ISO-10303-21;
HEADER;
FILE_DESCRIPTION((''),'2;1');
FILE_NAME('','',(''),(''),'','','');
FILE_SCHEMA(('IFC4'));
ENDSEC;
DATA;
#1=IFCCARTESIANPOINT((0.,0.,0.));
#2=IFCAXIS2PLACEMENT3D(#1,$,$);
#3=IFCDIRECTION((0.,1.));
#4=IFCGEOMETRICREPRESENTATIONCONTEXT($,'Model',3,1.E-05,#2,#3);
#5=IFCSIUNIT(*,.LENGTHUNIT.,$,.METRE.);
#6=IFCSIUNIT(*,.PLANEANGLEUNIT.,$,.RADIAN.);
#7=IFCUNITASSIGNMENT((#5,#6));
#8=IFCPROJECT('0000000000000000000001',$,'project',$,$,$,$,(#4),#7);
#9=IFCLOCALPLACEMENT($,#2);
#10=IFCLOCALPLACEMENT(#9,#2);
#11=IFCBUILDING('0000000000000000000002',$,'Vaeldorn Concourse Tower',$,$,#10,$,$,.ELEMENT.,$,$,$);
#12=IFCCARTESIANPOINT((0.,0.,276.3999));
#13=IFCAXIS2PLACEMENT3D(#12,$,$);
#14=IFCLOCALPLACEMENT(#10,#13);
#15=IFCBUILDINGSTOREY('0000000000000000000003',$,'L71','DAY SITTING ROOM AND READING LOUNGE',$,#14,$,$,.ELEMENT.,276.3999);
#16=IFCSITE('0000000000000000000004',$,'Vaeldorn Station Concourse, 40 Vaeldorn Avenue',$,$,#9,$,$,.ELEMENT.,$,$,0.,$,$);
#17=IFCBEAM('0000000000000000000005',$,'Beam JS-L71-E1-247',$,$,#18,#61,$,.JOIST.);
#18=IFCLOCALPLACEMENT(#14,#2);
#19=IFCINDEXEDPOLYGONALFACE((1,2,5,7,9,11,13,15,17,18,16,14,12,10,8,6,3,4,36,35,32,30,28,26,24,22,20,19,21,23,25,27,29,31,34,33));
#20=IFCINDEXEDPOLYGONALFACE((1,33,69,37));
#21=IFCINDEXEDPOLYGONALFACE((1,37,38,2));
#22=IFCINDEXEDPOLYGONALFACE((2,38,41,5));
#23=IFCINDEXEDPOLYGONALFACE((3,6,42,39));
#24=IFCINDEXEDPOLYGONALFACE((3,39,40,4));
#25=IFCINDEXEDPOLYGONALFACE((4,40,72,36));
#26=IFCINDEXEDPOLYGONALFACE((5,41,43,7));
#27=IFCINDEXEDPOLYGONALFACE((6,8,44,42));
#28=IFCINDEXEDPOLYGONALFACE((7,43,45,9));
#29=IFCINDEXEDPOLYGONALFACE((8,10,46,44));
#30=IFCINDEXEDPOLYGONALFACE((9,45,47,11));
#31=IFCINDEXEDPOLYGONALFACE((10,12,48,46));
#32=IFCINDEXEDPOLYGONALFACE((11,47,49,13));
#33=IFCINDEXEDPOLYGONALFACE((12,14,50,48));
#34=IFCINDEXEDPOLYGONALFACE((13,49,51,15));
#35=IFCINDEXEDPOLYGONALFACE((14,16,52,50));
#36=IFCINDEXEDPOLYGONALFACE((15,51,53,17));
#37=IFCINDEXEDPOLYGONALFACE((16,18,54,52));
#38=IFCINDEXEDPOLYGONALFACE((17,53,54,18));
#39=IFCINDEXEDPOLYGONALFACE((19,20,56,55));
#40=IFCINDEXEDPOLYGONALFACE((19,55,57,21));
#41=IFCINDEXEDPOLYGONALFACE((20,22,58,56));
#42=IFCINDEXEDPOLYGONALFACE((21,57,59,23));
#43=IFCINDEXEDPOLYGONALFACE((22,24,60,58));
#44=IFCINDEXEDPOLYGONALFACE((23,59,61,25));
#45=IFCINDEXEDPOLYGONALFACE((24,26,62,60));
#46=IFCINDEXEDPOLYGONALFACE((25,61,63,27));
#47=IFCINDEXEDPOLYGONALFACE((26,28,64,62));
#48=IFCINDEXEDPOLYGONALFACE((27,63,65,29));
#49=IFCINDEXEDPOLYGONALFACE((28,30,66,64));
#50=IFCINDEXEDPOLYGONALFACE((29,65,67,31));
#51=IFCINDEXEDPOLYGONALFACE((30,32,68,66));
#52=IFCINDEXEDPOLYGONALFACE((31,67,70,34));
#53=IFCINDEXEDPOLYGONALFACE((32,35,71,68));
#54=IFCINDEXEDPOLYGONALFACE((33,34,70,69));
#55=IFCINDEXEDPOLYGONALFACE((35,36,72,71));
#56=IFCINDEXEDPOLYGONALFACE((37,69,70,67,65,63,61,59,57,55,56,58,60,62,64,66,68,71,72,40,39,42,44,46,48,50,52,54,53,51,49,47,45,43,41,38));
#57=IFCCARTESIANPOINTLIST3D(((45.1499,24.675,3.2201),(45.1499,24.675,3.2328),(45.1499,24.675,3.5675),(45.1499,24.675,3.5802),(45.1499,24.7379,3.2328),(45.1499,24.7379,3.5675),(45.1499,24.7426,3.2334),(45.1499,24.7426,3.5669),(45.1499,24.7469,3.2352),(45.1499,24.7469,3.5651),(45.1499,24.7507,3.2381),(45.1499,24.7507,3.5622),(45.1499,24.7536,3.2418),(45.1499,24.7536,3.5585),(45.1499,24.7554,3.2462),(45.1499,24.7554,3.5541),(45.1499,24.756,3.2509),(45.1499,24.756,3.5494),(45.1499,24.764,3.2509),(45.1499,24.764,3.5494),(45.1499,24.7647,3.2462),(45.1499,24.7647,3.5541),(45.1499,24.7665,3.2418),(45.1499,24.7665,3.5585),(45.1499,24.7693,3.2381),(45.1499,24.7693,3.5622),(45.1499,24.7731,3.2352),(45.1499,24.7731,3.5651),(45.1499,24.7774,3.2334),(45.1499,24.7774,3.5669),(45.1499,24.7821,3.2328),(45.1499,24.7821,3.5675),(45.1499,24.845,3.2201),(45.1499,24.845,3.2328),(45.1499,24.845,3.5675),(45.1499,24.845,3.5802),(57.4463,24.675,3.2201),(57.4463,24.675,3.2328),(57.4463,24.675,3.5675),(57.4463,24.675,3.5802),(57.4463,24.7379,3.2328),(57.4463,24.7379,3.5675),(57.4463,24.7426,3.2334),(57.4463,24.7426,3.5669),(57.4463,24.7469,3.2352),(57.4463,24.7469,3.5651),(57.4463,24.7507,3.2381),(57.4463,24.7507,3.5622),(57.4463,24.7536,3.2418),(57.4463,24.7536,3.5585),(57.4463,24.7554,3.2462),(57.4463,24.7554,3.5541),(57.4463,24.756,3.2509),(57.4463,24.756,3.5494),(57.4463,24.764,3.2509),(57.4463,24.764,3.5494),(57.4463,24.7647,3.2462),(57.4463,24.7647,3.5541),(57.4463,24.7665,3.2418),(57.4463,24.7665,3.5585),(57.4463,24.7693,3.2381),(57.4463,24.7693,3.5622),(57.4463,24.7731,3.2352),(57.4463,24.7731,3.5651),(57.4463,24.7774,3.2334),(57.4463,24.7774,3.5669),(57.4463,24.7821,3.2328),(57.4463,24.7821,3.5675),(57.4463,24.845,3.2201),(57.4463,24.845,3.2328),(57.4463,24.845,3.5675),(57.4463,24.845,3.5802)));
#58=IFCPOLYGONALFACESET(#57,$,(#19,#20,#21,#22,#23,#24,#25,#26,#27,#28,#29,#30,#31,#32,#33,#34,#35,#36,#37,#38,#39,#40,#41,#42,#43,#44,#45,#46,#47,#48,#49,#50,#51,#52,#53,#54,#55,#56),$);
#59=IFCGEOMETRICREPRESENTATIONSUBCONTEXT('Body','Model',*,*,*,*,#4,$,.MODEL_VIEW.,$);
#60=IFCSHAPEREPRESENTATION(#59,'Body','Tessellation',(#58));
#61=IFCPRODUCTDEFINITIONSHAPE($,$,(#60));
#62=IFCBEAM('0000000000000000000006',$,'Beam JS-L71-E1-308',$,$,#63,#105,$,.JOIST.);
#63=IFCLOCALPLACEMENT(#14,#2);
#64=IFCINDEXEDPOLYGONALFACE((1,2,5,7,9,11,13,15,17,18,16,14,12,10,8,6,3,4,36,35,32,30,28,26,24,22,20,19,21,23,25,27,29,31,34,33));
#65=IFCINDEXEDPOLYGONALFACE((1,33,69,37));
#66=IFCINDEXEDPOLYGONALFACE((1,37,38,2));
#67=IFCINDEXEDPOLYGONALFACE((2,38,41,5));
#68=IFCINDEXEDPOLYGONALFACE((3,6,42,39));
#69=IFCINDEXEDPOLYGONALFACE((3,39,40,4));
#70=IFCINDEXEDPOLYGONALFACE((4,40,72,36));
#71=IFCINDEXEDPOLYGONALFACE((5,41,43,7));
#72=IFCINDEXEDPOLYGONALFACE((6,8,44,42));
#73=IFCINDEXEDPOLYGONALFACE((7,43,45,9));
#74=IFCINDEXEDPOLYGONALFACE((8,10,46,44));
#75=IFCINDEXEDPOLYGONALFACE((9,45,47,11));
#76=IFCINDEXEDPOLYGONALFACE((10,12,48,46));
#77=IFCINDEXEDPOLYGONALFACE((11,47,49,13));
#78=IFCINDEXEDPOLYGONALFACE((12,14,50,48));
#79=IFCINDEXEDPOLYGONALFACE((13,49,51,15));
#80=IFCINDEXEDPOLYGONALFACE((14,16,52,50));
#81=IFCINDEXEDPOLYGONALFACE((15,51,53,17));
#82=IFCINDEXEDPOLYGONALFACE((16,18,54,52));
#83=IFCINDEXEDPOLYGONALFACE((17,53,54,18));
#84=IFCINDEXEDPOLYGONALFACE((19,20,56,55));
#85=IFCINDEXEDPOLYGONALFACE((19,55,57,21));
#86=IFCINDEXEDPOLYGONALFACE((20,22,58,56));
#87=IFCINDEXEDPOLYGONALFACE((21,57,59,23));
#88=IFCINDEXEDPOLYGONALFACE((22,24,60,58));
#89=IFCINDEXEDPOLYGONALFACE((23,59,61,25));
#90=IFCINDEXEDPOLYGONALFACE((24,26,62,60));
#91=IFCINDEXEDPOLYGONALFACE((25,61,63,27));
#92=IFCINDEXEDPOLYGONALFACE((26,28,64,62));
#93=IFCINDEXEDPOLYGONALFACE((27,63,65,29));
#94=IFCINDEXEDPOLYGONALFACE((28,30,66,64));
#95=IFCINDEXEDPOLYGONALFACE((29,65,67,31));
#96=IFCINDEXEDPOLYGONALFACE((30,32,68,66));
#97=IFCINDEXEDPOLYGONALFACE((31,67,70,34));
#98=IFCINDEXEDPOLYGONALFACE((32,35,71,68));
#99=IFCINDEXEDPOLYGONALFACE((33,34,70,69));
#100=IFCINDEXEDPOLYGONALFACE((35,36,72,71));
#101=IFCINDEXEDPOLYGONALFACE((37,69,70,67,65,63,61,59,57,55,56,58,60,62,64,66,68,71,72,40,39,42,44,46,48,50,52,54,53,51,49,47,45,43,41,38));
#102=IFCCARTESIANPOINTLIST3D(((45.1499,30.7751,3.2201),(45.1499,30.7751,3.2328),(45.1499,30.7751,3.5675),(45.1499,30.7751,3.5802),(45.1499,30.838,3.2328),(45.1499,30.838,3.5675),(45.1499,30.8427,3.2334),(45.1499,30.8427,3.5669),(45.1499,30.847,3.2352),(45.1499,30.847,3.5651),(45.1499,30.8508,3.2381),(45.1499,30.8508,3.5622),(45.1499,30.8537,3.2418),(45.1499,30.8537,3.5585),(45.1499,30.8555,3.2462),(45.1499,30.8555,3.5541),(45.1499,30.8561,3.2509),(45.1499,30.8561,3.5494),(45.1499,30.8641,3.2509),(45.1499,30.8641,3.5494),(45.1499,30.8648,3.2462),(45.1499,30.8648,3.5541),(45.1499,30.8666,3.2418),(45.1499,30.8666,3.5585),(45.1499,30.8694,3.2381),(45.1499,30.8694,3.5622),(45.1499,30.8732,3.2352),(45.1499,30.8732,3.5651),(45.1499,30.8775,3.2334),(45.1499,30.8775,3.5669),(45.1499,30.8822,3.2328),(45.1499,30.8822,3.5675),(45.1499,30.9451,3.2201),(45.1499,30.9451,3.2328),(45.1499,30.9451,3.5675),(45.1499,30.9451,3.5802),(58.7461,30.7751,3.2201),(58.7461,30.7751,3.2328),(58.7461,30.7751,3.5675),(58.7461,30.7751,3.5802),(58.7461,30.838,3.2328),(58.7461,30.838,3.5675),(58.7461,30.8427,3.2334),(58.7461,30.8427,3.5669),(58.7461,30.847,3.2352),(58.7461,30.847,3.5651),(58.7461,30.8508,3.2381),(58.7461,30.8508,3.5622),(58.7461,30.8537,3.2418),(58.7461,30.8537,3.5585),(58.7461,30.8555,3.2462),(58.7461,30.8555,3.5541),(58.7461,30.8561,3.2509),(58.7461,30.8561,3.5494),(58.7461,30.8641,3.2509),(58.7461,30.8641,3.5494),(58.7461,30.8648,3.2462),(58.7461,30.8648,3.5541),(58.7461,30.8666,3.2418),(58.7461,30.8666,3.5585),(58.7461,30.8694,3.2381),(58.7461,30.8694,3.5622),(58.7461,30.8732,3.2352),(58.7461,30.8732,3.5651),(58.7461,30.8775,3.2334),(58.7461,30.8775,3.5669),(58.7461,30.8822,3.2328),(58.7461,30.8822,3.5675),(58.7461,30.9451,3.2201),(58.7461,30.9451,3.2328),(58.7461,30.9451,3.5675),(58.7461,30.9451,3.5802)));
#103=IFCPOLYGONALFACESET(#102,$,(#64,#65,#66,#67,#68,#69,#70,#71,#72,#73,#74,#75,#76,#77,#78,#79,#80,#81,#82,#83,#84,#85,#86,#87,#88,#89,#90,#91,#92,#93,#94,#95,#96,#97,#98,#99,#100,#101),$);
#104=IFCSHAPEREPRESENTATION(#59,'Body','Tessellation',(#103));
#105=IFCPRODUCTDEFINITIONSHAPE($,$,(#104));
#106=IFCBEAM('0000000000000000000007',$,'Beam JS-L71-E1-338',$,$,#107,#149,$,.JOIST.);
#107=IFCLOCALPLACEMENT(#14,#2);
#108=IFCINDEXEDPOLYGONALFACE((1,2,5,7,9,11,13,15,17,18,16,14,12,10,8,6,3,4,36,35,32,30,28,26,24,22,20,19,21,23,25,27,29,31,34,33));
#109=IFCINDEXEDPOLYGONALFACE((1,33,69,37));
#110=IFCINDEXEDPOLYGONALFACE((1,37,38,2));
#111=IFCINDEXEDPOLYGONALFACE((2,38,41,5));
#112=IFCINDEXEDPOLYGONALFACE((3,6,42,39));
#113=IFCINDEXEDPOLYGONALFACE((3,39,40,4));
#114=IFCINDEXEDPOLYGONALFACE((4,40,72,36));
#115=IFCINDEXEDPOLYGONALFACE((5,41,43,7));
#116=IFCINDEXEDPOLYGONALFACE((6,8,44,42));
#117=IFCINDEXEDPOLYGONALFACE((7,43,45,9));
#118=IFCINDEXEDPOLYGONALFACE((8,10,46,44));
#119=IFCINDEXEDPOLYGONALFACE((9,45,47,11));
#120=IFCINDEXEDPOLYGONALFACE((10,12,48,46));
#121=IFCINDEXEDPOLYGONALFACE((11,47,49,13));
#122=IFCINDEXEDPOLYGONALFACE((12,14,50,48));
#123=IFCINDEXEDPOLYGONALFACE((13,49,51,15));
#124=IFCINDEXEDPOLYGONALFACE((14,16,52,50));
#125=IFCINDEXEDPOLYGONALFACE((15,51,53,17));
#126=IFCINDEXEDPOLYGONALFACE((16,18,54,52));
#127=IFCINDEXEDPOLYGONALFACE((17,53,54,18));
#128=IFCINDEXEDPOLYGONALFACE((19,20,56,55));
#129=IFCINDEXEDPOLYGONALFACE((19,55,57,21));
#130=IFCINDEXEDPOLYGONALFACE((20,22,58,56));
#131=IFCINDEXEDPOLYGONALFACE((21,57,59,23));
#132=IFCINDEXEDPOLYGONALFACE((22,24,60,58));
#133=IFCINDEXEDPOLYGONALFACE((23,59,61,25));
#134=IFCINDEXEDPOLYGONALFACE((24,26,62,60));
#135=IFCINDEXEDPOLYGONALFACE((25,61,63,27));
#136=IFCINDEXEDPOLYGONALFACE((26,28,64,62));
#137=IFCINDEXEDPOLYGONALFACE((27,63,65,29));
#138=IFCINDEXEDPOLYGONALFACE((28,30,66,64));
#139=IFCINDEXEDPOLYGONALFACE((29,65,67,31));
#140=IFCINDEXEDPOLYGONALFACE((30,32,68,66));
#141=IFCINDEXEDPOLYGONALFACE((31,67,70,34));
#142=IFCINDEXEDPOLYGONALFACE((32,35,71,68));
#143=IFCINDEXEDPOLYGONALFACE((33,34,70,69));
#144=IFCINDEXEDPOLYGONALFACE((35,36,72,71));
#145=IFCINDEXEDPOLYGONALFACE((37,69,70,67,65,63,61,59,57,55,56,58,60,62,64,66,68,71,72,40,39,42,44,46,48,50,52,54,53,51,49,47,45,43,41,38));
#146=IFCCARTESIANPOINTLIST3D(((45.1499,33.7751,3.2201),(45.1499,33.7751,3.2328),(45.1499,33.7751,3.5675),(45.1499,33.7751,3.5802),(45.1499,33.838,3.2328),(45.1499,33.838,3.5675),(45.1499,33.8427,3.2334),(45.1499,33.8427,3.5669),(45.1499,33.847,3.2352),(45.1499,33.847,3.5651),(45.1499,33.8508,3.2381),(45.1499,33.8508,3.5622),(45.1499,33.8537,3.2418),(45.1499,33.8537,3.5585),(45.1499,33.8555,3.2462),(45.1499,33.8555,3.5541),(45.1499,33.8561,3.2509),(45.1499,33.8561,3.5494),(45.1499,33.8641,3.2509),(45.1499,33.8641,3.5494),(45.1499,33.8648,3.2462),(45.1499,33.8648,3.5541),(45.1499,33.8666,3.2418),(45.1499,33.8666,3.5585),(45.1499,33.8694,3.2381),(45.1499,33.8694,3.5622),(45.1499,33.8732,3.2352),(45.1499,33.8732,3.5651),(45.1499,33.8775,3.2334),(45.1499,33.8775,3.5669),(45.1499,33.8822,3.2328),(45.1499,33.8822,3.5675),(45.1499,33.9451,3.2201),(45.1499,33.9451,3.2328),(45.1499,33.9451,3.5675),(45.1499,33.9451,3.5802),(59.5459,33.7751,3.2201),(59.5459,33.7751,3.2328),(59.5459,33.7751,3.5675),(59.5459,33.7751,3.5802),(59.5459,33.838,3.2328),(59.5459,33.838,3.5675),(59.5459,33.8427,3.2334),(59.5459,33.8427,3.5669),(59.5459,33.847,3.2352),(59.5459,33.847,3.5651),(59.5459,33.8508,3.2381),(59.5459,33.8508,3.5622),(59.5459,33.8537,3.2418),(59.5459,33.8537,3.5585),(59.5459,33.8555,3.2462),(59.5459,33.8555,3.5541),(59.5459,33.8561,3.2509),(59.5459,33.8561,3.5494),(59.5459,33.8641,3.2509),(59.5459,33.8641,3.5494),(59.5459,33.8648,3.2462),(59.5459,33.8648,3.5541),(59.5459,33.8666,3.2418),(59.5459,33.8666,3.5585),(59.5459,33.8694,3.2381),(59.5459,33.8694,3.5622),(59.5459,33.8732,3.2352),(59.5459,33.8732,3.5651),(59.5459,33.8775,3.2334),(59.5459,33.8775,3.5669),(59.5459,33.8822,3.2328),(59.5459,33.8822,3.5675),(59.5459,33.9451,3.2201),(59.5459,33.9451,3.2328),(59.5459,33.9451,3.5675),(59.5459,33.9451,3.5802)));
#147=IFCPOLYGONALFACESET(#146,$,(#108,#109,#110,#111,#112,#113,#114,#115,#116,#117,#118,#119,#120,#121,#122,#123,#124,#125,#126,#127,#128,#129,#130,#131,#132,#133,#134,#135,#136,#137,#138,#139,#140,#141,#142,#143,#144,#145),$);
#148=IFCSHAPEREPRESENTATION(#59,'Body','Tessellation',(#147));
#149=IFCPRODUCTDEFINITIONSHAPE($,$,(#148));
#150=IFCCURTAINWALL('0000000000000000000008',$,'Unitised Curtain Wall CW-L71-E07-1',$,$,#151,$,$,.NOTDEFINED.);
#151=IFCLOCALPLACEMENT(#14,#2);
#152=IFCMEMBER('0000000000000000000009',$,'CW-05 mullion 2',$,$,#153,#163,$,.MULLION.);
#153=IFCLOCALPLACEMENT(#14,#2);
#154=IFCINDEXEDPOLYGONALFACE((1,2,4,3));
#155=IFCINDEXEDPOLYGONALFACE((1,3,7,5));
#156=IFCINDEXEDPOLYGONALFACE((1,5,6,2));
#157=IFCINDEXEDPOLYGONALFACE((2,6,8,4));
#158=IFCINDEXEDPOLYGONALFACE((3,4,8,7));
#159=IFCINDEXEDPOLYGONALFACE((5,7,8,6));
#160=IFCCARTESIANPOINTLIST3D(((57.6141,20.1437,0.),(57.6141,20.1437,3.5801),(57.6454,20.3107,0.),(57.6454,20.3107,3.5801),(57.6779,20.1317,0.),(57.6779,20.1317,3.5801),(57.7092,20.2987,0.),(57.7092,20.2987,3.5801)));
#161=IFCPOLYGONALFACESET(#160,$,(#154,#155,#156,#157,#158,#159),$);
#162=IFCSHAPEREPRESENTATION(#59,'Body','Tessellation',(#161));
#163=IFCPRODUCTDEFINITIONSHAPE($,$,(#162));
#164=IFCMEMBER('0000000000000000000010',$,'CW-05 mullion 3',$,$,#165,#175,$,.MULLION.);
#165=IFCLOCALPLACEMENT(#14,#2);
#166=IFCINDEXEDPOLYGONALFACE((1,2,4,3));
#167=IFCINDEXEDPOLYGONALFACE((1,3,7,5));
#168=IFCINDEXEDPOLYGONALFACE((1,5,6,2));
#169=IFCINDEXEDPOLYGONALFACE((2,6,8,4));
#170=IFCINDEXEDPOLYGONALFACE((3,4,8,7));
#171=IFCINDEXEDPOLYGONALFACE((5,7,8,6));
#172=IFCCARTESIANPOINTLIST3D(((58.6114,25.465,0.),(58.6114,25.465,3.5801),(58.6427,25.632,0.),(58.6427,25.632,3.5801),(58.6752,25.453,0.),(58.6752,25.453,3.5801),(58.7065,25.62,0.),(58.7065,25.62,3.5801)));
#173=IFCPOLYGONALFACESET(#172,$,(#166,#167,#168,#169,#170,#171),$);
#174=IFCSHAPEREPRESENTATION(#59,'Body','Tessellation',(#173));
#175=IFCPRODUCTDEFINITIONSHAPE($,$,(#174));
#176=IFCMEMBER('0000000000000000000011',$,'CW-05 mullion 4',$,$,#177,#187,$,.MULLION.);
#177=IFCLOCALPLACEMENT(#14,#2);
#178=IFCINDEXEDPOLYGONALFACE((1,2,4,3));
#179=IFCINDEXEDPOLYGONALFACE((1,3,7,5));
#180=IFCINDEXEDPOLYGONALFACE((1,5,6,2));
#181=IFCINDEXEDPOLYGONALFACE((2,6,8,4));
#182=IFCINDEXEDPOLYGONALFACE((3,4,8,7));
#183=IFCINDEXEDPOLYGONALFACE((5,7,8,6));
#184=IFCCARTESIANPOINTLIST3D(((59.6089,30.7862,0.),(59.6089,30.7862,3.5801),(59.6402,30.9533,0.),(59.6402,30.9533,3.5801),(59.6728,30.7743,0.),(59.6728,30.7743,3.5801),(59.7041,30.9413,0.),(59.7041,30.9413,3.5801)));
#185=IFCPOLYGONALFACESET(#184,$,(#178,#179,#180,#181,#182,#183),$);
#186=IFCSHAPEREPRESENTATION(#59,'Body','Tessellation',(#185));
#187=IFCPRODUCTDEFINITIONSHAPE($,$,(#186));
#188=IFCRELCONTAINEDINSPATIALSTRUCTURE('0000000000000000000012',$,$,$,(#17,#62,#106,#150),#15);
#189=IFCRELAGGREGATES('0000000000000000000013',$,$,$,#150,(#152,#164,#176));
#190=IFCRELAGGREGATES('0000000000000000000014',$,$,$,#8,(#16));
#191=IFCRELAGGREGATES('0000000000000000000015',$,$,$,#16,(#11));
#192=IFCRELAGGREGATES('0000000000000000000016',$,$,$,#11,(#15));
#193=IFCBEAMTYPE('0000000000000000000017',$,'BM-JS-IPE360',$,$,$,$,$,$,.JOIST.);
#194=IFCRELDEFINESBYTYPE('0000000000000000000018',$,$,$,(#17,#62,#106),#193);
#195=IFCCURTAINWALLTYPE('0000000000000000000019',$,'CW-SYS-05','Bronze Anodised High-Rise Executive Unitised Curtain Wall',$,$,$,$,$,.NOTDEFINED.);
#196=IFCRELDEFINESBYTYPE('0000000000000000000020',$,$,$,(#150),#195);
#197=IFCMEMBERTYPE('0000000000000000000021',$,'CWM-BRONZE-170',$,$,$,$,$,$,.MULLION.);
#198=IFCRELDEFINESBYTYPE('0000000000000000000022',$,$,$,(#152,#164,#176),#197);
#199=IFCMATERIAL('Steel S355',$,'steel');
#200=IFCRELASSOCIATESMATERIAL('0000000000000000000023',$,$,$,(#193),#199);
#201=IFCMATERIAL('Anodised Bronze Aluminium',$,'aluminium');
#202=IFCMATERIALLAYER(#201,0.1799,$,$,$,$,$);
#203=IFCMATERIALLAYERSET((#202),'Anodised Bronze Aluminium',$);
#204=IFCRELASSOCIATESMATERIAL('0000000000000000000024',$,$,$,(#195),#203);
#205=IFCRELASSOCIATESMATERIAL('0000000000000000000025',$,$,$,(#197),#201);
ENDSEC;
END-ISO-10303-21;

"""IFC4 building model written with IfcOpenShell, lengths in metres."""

from ifc_helpers import new_model, si_unit, direction, frame, origin, origin_2d, place, context, subcontext, project, spatial, rectangle, i_section, extrude, source, transform, mapped, material, layer, layer_set, material_profile, profile_set, type_object, element, aggregate, save


model = new_model("IFC4")

# Units and contexts
model_context = context("Model", 3, precision=1e-05, world=origin(), true_north=direction((0.0, 1.0)))
body_context = subcontext(model_context, "Body", "Model", "MODEL_VIEW")
ifc_project = project(units=[si_unit("LENGTHUNIT", "METRE"), si_unit("PLANEANGLEUNIT", "RADIAN")], contexts=[model_context])

# Site, building, storey
site_placement = place(None, origin())
site = spatial("IfcSite", under=ifc_project, at=site_placement, Name="Vaeldorn Station Concourse, 40 Vaeldorn Avenue", CompositionType="ELEMENT", RefElevation=0.0)
building_placement = place(site_placement, origin())
building = spatial("IfcBuilding", under=site, at=building_placement, Name="Vaeldorn Concourse Tower", CompositionType="ELEMENT")
storey_placement = place(building_placement, frame((0.0, 0.0, 276.3999)))
storey = spatial("IfcBuildingStorey", under=building, at=storey_placement, Name="L71", Description="DAY SITTING ROOM AND READING LOUNGE", CompositionType="ELEMENT", Elevation=276.3999)

# Shared definitions
ifc_material_1 = material(Name="Steel S355", Category="steel")

# Beams
ifc_material_profile_1 = material_profile(ifc_material_1, i_section(OverallWidth=0.1699, OverallDepth=0.3601, WebThickness=0.0081, FlangeThickness=0.0127, FilletRadius=0.0181, at=origin_2d()), Name="IPE 360")
ifc_profile_set_1 = profile_set([ifc_material_profile_1], Name="Steel S355")
beam_type_1 = type_object("IfcBeamType", Name="BM-JS-IPE360", PredefinedType="JOIST", material=ifc_profile_set_1)
shared_shape_1 = source(origin(), body_context, "Body", "SweptSolid", [
    extrude(i_section(OverallWidth=0.1699, OverallDepth=0.3601, WebThickness=0.0081, FlangeThickness=0.0127, FilletRadius=0.0181, at=origin_2d()), origin(), (0.0, 0.0, 1.0), 12.2964),
])
beam_1_placement = place(storey_placement, frame((45.1499, 24.76, 3.4001), z_axis=(1.0, 0.0, 0.0), x_axis=(0.0, 1.0, 0.0)))
element("IfcBeam", 1, at=beam_1_placement, inside=storey, type_object=beam_type_1, Name="Beam JS-L71-E1-247", PredefinedType="JOIST", context=body_context, shape_type="MappedRepresentation", body=[
    mapped(shared_shape_1, transform((0.0, 0.0, 0.0), scale=1.0)),
])
shared_shape_2 = source(origin(), body_context, "Body", "SweptSolid", [
    extrude(i_section(OverallWidth=0.1699, OverallDepth=0.3601, WebThickness=0.0081, FlangeThickness=0.0127, FilletRadius=0.0181, at=origin_2d()), origin(), (0.0, 0.0, 1.0), 13.5962),
])
beam_2_placement = place(storey_placement, frame((45.1499, 30.8601, 3.4001), z_axis=(1.0, 0.0, 0.0), x_axis=(0.0, 1.0, 0.0)))
element("IfcBeam", 2, at=beam_2_placement, inside=storey, type_object=beam_type_1, Name="Beam JS-L71-E1-308", PredefinedType="JOIST", context=body_context, shape_type="MappedRepresentation", body=[
    mapped(shared_shape_2, transform((0.0, 0.0, 0.0), scale=1.0)),
])
shared_shape_3 = source(origin(), body_context, "Body", "SweptSolid", [
    extrude(i_section(OverallWidth=0.1699, OverallDepth=0.3601, WebThickness=0.0081, FlangeThickness=0.0127, FilletRadius=0.0181, at=origin_2d()), origin(), (0.0, 0.0, 1.0), 14.396),
])
beam_3_placement = place(storey_placement, frame((45.1499, 33.8601, 3.4001), z_axis=(1.0, 0.0, 0.0), x_axis=(0.0, 1.0, 0.0)))
element("IfcBeam", 3, at=beam_3_placement, inside=storey, type_object=beam_type_1, Name="Beam JS-L71-E1-338", PredefinedType="JOIST", context=body_context, shape_type="MappedRepresentation", body=[
    mapped(shared_shape_3, transform((0.0, 0.0, 0.0), scale=1.0)),
])

# Curtain wall, members
ifc_material_2 = material(Name="Anodised Bronze Aluminium", Category="aluminium")
ifc_layer_1 = layer(ifc_material_2, 0.1799)
ifc_layer_set_1 = layer_set([ifc_layer_1], Name="Anodised Bronze Aluminium")
curtain_wall_type = type_object("IfcCurtainWallType", Name="CW-SYS-05", Description="Bronze Anodised High-Rise Executive Unitised Curtain Wall", PredefinedType="NOTDEFINED", material=ifc_layer_set_1)
curtain_wall_placement = place(storey_placement, origin())
curtain_wall = element("IfcCurtainWall", 4, at=curtain_wall_placement, inside=storey, type_object=curtain_wall_type, Name="Unitised Curtain Wall CW-L71-E07-1", PredefinedType="NOTDEFINED")
ifc_material_profile_2 = material_profile(ifc_material_2, rectangle(XDim=0.0649, YDim=0.1699, at=origin_2d()), Name="CWM 65x170")
ifc_profile_set_2 = profile_set([ifc_material_profile_2], Name="Anodised Bronze Aluminium")
member_type_1 = type_object("IfcMemberType", Name="CWM-BRONZE-170", PredefinedType="MULLION", material=ifc_profile_set_2)
shared_shape_4 = source(origin(), body_context, "Body", "SweptSolid", [
    extrude(rectangle(XDim=0.0649, YDim=0.1699, at=origin_2d()), origin(), (0.0, 0.0, 1.0), 3.5801),
])
member_1_placement = place(storey_placement, frame((57.6616, 20.2212, 0.0), z_axis=(0.0, 0.0, 1.0), x_axis=(-0.98288, 0.184247, 0.0)))
member_1 = element("IfcMember", 5, at=member_1_placement, type_object=member_type_1, Name="CW-05 mullion 2", PredefinedType="MULLION", context=body_context, shape_type="MappedRepresentation", body=[
    mapped(shared_shape_4, transform((0.0, 0.0, 0.0), scale=1.0)),
])
member_2_placement = place(storey_placement, frame((58.6589, 25.5425, 0.0), z_axis=(0.0, 0.0, 1.0), x_axis=(-0.98288, 0.184247, 0.0)))
member_2 = element("IfcMember", 6, at=member_2_placement, type_object=member_type_1, Name="CW-05 mullion 3", PredefinedType="MULLION", context=body_context, shape_type="MappedRepresentation", body=[
    mapped(shared_shape_4, transform((0.0, 0.0, 0.0), scale=1.0)),
])
member_3_placement = place(storey_placement, frame((59.6565, 30.8638, 0.0), z_axis=(0.0, 0.0, 1.0), x_axis=(-0.98288, 0.184247, 0.0)))
member_3 = element("IfcMember", 7, at=member_3_placement, type_object=member_type_1, Name="CW-05 mullion 4", PredefinedType="MULLION", context=body_context, shape_type="MappedRepresentation", body=[
    mapped(shared_shape_4, transform((0.0, 0.0, 0.0), scale=1.0)),
])
aggregate(curtain_wall, [member_1, member_2, member_3])

save(model, "model.ifc")
